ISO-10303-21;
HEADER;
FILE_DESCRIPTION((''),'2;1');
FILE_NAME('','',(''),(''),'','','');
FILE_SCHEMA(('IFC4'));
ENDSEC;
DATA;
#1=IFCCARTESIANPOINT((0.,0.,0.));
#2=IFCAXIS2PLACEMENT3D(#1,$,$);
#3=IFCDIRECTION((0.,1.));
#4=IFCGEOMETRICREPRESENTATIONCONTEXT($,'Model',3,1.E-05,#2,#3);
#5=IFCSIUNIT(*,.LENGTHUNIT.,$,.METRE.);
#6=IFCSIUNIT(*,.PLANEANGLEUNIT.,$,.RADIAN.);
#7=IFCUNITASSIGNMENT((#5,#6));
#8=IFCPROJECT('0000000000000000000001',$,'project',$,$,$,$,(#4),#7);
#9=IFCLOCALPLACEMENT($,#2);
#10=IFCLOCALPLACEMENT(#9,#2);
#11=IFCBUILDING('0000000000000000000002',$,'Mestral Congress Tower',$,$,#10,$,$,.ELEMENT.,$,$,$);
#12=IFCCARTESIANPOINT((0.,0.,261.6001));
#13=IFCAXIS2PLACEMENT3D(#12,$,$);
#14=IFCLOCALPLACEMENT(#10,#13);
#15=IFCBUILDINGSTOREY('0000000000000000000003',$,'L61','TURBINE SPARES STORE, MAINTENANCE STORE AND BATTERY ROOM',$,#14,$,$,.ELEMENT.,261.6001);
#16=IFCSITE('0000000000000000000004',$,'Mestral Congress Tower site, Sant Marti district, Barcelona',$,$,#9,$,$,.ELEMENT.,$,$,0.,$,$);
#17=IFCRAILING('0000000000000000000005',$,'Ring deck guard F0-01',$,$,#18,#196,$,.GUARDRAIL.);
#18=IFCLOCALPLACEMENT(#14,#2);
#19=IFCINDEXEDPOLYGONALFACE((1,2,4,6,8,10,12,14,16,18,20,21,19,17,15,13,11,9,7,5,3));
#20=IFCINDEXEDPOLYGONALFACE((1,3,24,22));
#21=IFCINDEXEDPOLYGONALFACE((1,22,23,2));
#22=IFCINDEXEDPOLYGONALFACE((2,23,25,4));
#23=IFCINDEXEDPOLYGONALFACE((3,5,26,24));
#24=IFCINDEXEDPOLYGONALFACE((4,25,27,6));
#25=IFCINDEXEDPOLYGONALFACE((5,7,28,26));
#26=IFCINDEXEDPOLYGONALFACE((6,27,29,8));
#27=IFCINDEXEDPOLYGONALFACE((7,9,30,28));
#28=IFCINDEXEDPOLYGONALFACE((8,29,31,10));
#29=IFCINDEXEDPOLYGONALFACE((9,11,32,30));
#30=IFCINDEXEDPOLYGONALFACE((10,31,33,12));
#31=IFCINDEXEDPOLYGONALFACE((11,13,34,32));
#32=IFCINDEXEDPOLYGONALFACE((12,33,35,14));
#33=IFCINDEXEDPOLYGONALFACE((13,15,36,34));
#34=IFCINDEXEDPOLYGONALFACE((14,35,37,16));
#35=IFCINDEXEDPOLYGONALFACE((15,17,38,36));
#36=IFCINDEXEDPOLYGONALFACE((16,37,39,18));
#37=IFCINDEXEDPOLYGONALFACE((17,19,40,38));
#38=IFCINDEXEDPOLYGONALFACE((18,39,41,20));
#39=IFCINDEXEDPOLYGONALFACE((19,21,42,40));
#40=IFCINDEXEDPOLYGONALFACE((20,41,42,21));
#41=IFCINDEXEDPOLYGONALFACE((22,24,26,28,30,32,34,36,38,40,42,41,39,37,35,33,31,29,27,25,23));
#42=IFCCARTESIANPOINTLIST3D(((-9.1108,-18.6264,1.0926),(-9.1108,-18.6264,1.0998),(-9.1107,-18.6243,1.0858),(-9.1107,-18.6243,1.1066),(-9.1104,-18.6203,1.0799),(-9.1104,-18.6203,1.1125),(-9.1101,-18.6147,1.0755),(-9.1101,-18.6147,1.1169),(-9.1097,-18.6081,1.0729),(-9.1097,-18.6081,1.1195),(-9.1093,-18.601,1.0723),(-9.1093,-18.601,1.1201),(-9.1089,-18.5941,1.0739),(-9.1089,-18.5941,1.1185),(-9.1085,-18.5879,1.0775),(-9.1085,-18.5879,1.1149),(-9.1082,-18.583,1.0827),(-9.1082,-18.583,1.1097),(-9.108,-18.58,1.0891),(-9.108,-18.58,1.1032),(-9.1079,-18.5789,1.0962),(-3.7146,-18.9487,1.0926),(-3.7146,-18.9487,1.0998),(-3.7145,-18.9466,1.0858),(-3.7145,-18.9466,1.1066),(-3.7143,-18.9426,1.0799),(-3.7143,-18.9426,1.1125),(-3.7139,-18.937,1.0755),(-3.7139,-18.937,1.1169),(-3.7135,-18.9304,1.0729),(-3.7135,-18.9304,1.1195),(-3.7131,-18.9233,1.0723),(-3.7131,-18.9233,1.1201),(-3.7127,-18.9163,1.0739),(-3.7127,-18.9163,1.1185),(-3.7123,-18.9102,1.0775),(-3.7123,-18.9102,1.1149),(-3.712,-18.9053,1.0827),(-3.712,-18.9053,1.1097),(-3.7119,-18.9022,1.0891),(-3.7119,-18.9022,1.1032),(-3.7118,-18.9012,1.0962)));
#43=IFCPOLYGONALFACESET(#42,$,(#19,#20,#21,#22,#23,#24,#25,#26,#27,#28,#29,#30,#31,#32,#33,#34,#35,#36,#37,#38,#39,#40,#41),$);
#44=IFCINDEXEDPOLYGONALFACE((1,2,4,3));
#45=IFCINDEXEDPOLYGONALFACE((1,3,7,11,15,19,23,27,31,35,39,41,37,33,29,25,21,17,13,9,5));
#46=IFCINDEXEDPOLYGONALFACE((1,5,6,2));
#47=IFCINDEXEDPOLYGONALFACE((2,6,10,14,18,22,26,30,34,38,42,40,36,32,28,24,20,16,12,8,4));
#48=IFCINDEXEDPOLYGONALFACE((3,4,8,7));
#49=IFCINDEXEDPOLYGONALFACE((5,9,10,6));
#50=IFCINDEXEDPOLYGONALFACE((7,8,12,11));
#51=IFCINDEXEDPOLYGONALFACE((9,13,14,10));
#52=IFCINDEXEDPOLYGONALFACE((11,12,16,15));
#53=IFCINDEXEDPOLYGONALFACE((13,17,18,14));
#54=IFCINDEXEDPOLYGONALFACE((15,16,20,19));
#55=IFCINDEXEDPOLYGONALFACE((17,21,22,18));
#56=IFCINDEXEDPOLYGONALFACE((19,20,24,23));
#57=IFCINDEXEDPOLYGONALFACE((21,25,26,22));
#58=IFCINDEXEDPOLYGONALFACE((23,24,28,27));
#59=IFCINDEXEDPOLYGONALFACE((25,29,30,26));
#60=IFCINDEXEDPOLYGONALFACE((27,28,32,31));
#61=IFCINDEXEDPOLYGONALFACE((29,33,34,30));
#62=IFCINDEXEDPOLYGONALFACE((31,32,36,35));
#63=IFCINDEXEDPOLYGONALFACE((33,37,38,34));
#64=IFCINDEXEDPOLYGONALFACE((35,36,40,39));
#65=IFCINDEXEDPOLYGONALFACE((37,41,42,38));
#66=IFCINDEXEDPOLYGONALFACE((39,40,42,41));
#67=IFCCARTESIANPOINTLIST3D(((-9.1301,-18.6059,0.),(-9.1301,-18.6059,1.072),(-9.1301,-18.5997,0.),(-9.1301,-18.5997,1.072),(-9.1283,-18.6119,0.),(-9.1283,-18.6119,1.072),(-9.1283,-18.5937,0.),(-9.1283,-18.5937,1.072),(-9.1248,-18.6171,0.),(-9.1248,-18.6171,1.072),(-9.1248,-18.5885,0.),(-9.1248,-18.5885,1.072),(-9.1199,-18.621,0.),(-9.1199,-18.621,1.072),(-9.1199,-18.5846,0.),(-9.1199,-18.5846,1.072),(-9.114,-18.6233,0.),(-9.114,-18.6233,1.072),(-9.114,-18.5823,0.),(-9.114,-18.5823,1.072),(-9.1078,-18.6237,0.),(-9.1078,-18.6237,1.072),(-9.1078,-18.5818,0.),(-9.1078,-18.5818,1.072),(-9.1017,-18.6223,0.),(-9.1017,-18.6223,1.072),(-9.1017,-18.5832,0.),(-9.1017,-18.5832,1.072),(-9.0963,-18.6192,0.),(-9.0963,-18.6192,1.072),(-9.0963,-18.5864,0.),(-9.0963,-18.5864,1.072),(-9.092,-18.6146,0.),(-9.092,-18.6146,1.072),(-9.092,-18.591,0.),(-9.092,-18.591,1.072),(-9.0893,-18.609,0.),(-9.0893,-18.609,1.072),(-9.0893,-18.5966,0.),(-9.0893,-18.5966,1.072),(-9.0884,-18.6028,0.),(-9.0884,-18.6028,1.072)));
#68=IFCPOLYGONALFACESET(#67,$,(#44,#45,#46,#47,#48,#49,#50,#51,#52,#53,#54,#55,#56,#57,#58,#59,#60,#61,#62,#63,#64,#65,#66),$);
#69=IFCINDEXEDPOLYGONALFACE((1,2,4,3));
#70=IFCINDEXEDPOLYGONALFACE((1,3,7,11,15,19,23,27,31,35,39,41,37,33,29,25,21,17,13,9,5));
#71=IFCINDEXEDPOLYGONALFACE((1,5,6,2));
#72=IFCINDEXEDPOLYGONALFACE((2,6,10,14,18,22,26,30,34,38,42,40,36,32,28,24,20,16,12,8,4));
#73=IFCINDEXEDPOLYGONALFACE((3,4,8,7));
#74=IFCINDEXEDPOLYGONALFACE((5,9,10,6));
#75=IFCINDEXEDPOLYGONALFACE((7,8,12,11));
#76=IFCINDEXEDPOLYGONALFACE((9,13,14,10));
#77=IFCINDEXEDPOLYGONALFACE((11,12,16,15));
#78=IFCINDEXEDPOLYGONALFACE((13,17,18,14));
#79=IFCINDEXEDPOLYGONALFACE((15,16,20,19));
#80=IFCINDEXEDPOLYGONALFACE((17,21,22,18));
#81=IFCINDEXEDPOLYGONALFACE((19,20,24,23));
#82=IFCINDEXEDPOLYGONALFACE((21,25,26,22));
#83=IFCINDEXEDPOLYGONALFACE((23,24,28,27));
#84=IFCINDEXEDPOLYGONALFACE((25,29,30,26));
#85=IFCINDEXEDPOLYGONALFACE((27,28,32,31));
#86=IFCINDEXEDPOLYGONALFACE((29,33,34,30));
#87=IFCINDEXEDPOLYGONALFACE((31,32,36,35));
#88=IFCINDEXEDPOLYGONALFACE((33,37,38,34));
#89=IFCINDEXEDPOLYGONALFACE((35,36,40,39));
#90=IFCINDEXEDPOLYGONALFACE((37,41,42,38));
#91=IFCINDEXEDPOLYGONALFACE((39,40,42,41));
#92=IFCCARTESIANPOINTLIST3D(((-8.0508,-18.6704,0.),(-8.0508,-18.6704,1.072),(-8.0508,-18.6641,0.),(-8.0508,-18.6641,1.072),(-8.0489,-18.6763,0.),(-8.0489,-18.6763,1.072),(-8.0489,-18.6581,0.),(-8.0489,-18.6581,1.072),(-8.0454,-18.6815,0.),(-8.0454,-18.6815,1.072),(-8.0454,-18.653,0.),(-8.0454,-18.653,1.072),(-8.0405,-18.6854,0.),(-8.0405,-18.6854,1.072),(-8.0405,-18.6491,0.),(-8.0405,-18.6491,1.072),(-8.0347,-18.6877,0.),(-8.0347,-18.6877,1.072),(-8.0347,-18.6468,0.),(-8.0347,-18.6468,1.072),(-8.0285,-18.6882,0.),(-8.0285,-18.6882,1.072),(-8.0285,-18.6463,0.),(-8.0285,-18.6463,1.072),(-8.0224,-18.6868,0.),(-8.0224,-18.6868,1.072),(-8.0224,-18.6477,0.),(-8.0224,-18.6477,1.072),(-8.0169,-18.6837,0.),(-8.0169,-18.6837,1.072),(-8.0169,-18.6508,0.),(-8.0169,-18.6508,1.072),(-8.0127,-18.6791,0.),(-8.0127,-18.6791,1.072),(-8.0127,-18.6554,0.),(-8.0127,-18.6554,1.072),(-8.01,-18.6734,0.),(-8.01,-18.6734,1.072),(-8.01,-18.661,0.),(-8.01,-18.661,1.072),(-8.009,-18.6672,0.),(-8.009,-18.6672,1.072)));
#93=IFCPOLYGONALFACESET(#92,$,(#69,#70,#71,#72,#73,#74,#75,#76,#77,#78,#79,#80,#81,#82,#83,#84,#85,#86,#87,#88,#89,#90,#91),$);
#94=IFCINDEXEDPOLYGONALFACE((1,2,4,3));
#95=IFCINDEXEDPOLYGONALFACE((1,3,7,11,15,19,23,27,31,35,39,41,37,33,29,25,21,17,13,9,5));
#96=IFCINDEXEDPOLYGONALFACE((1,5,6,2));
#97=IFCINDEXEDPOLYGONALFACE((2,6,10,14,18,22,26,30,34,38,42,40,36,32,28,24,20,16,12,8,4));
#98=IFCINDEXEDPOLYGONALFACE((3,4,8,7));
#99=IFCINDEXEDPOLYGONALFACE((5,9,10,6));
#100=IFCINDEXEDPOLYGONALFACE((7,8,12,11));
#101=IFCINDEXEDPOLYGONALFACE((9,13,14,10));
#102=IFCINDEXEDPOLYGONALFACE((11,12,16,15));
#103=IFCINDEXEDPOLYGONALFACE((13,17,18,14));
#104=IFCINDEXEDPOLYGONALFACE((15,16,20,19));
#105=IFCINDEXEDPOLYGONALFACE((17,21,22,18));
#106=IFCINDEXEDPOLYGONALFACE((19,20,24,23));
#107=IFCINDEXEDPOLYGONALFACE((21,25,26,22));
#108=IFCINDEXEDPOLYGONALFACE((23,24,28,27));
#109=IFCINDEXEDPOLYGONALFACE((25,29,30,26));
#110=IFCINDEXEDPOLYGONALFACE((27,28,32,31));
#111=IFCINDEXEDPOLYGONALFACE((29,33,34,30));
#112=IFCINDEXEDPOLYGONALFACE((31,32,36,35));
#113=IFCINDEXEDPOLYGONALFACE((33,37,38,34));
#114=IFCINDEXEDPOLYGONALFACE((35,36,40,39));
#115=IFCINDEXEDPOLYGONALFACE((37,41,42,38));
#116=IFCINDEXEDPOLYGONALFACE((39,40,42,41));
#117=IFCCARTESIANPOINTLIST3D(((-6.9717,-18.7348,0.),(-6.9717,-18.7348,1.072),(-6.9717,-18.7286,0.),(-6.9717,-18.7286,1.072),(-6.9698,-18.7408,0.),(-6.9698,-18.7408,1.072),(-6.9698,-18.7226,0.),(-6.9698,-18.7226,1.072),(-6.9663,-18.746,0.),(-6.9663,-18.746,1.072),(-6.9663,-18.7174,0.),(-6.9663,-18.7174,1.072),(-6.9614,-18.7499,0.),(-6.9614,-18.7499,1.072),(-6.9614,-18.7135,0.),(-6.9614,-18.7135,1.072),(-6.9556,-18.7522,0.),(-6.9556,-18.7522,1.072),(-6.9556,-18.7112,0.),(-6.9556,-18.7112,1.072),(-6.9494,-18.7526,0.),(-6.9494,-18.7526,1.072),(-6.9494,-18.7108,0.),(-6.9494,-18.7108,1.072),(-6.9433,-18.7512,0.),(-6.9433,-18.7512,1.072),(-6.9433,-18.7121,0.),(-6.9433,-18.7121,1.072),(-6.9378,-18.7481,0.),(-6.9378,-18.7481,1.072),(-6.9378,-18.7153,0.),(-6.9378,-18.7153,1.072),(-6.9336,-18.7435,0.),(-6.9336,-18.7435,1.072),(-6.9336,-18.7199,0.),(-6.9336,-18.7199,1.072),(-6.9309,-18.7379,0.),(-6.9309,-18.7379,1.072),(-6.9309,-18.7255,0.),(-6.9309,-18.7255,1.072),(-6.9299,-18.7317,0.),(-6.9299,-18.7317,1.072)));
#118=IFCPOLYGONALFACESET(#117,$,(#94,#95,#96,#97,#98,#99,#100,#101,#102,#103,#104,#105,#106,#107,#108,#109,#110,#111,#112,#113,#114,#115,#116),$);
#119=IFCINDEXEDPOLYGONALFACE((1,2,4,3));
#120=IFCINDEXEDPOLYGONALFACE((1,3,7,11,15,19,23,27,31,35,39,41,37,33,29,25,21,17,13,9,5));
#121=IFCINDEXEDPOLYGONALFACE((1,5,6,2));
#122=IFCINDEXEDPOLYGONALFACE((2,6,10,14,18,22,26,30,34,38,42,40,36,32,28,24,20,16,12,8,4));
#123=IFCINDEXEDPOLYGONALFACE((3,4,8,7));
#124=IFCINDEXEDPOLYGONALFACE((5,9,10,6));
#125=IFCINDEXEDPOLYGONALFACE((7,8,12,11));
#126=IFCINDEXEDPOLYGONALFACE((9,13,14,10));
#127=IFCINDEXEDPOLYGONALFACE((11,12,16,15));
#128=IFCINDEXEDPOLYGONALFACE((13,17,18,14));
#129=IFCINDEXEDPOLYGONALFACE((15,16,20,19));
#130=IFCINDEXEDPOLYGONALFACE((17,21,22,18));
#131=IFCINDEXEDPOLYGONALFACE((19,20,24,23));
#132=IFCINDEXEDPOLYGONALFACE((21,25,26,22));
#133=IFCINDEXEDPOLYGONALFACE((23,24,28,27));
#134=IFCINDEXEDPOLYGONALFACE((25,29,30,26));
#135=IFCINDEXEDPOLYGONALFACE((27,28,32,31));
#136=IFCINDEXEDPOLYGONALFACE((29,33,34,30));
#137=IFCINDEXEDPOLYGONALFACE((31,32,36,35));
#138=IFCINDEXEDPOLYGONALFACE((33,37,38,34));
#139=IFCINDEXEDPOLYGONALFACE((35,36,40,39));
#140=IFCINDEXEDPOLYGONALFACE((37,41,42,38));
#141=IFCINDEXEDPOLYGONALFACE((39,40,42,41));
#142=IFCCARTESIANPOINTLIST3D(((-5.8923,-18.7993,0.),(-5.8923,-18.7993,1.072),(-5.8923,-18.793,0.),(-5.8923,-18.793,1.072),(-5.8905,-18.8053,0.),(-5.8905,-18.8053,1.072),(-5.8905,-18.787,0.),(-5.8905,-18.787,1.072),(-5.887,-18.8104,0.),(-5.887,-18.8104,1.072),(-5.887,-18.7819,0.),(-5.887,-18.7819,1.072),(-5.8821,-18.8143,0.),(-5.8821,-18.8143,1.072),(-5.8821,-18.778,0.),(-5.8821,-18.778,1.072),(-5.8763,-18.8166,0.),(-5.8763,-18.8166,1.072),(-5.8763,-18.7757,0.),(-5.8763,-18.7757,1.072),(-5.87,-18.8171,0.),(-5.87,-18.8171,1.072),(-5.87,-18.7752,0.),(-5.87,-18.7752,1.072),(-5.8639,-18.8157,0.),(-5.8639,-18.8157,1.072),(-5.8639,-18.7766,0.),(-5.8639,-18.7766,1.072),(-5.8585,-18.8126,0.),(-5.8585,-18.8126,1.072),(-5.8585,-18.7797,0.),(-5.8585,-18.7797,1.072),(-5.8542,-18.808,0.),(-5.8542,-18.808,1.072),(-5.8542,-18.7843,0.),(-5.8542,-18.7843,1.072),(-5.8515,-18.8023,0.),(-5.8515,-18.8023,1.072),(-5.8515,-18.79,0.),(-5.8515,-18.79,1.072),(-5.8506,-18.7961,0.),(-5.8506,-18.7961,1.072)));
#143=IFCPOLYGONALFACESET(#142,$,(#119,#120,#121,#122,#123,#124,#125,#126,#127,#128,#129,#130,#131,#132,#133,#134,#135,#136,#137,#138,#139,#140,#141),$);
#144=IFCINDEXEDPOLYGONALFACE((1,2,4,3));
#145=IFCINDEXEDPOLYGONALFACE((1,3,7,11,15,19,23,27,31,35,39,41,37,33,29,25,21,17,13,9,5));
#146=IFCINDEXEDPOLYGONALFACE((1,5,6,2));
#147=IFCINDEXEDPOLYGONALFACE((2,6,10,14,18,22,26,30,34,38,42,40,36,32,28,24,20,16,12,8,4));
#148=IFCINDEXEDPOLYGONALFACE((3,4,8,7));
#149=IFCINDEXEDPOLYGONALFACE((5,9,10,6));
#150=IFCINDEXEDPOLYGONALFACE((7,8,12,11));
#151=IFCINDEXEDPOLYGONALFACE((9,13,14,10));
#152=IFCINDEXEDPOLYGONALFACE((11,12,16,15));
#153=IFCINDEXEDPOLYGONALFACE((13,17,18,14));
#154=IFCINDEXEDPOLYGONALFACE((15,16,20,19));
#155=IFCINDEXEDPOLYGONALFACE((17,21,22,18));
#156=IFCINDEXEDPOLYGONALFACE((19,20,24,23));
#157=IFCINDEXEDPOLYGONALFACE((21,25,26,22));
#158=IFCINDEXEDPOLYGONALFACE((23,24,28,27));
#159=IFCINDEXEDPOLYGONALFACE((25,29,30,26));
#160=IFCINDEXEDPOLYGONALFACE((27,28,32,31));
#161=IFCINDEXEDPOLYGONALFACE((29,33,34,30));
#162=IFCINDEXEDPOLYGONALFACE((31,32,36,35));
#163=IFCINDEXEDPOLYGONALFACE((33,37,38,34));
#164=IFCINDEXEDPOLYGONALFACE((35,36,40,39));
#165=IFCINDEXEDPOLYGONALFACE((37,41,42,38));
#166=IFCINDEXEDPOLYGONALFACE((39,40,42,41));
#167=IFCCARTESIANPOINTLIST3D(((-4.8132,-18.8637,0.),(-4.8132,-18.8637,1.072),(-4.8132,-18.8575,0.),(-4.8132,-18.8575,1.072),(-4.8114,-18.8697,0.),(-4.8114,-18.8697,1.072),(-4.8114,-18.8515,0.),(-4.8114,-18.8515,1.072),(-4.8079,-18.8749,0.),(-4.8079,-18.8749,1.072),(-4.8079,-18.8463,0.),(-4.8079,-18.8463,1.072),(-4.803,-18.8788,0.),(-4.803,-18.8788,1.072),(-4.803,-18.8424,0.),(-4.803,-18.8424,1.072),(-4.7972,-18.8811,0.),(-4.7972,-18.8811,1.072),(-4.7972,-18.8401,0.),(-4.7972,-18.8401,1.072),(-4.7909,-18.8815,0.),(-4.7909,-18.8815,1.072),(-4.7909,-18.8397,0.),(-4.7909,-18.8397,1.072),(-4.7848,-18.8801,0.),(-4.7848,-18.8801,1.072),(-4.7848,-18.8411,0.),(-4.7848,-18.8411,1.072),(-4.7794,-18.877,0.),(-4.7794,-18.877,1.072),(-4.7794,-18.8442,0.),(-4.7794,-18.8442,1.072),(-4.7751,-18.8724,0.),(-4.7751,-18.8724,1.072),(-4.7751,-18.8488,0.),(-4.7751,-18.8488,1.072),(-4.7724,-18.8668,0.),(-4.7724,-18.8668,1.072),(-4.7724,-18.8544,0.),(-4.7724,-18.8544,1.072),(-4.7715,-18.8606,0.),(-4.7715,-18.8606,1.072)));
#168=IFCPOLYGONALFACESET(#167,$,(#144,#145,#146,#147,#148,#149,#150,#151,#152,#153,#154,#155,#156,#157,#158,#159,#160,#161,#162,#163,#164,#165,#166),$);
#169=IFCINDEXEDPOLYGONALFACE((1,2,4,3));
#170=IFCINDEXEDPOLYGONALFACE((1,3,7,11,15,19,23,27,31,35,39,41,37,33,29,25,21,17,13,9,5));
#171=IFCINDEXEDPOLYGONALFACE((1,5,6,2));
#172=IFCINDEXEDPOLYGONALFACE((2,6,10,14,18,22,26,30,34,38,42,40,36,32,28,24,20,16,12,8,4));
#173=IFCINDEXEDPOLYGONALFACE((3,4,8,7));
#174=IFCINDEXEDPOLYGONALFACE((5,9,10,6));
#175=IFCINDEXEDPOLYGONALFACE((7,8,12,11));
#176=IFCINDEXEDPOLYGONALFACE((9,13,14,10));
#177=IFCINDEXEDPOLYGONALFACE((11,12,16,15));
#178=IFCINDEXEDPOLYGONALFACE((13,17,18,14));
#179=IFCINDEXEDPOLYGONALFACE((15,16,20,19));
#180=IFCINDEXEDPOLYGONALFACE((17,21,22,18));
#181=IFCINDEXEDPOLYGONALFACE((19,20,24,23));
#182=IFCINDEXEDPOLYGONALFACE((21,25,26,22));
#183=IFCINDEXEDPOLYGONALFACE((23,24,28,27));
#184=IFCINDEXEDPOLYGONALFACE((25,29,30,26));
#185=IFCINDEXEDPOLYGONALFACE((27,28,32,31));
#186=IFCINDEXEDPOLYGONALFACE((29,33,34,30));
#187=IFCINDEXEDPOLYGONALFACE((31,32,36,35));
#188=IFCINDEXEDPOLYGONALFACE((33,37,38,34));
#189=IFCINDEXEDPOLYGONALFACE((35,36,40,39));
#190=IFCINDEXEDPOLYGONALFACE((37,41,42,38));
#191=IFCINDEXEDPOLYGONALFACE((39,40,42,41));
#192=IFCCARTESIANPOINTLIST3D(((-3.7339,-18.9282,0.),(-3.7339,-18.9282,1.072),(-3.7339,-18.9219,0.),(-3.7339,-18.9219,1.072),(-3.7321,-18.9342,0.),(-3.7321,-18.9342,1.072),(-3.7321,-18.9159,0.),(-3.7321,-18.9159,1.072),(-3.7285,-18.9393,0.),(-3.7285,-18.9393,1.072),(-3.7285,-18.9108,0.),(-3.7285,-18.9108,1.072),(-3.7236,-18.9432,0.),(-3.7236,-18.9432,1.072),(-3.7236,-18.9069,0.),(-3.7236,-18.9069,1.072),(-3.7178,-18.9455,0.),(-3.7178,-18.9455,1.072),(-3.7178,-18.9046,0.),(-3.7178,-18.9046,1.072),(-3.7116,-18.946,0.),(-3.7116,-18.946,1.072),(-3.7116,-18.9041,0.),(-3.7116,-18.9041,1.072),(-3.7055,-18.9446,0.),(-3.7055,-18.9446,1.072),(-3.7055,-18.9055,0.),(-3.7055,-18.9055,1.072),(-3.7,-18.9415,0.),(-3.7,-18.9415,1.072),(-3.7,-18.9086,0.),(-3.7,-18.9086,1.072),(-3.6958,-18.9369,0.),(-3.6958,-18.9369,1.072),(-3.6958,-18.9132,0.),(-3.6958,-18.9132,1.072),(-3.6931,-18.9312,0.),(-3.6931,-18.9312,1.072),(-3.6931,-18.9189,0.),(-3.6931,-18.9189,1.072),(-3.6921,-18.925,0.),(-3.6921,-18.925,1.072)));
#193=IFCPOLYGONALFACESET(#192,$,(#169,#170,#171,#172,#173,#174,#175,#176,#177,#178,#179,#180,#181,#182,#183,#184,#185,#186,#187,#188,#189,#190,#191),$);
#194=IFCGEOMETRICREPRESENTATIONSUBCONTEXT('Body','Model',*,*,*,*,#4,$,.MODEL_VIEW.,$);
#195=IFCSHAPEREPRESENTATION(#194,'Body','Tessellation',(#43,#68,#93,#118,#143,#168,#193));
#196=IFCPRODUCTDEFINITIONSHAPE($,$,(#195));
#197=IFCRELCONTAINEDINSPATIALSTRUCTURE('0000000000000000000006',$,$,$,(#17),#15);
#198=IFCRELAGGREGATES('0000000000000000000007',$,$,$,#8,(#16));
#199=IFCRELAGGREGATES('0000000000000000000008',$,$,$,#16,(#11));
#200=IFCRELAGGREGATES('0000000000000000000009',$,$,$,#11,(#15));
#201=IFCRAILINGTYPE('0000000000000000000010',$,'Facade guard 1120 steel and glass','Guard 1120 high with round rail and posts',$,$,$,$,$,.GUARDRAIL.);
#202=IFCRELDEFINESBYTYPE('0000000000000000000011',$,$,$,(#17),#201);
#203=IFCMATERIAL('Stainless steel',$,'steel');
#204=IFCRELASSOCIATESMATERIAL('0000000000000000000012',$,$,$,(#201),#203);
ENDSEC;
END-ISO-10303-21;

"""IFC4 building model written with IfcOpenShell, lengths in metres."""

from ifc_helpers import new_model, si_unit, direction, frame, origin, origin_2d, place, context, subcontext, project, spatial, circle, extrude, material, type_object, element, save


model = new_model("IFC4")

# Units and contexts
model_context = context("Model", 3, precision=1e-05, world=origin(), true_north=direction((0.0, 1.0)))
body_context = subcontext(model_context, "Body", "Model", "MODEL_VIEW")
ifc_project = project(units=[si_unit("LENGTHUNIT", "METRE"), si_unit("PLANEANGLEUNIT", "RADIAN")], contexts=[model_context])

# Site, building, storey
site_placement = place(None, origin())
site = spatial("IfcSite", under=ifc_project, at=site_placement, Name="Mestral Congress Tower site, Sant Marti district, Barcelona", CompositionType="ELEMENT", RefElevation=0.0)
building_placement = place(site_placement, origin())
building = spatial("IfcBuilding", under=site, at=building_placement, Name="Mestral Congress Tower", CompositionType="ELEMENT")
storey_placement = place(building_placement, frame((0.0, 0.0, 261.6001)))
storey = spatial("IfcBuildingStorey", under=building, at=storey_placement, Name="L61", Description="TURBINE SPARES STORE, MAINTENANCE STORE AND BATTERY ROOM", CompositionType="ELEMENT", Elevation=261.6001)

# Railing
ifc_material_1 = material(Name="Stainless steel", Category="steel")
railing_type = type_object("IfcRailingType", Name="Facade guard 1120 steel and glass", Description="Guard 1120 high with round rail and posts", PredefinedType="GUARDRAIL", material=ifc_material_1)
railing_1_placement = place(storey_placement, frame((-9.1094, -18.6028, 0.0)))
element("IfcRailing", 1, at=railing_1_placement, inside=storey, type_object=railing_type, Name="Ring deck guard F0-01", PredefinedType="GUARDRAIL", context=body_context, shape_type="SweptSolid", body=[
    extrude(circle(Radius=0.0239, at=origin_2d()), frame((0.0, 0.0, 1.0962), z_axis=(0.998221, -0.059614, 0.0), x_axis=(0.059614, 0.998221, 0.0)), (0.0, 0.0, 1.0), 5.4058),
    extrude(circle(Radius=0.021, at=origin_2d()), origin(), (0.0, 0.0, 1.0), 1.072),
    extrude(circle(Radius=0.021, at=origin_2d()), frame((1.0793, -0.0645, 0.0)), (0.0, 0.0, 1.0), 1.072),
    extrude(circle(Radius=0.021, at=origin_2d()), frame((2.1584, -0.1289, 0.0)), (0.0, 0.0, 1.0), 1.072),
    extrude(circle(Radius=0.021, at=origin_2d()), frame((3.2378, -0.1934, 0.0)), (0.0, 0.0, 1.0), 1.072),
    extrude(circle(Radius=0.021, at=origin_2d()), frame((4.3169, -0.2578, 0.0)), (0.0, 0.0, 1.0), 1.072),
    extrude(circle(Radius=0.021, at=origin_2d()), frame((5.3962, -0.3223, 0.0)), (0.0, 0.0, 1.0), 1.072),
])

save(model, "model.ifc")
